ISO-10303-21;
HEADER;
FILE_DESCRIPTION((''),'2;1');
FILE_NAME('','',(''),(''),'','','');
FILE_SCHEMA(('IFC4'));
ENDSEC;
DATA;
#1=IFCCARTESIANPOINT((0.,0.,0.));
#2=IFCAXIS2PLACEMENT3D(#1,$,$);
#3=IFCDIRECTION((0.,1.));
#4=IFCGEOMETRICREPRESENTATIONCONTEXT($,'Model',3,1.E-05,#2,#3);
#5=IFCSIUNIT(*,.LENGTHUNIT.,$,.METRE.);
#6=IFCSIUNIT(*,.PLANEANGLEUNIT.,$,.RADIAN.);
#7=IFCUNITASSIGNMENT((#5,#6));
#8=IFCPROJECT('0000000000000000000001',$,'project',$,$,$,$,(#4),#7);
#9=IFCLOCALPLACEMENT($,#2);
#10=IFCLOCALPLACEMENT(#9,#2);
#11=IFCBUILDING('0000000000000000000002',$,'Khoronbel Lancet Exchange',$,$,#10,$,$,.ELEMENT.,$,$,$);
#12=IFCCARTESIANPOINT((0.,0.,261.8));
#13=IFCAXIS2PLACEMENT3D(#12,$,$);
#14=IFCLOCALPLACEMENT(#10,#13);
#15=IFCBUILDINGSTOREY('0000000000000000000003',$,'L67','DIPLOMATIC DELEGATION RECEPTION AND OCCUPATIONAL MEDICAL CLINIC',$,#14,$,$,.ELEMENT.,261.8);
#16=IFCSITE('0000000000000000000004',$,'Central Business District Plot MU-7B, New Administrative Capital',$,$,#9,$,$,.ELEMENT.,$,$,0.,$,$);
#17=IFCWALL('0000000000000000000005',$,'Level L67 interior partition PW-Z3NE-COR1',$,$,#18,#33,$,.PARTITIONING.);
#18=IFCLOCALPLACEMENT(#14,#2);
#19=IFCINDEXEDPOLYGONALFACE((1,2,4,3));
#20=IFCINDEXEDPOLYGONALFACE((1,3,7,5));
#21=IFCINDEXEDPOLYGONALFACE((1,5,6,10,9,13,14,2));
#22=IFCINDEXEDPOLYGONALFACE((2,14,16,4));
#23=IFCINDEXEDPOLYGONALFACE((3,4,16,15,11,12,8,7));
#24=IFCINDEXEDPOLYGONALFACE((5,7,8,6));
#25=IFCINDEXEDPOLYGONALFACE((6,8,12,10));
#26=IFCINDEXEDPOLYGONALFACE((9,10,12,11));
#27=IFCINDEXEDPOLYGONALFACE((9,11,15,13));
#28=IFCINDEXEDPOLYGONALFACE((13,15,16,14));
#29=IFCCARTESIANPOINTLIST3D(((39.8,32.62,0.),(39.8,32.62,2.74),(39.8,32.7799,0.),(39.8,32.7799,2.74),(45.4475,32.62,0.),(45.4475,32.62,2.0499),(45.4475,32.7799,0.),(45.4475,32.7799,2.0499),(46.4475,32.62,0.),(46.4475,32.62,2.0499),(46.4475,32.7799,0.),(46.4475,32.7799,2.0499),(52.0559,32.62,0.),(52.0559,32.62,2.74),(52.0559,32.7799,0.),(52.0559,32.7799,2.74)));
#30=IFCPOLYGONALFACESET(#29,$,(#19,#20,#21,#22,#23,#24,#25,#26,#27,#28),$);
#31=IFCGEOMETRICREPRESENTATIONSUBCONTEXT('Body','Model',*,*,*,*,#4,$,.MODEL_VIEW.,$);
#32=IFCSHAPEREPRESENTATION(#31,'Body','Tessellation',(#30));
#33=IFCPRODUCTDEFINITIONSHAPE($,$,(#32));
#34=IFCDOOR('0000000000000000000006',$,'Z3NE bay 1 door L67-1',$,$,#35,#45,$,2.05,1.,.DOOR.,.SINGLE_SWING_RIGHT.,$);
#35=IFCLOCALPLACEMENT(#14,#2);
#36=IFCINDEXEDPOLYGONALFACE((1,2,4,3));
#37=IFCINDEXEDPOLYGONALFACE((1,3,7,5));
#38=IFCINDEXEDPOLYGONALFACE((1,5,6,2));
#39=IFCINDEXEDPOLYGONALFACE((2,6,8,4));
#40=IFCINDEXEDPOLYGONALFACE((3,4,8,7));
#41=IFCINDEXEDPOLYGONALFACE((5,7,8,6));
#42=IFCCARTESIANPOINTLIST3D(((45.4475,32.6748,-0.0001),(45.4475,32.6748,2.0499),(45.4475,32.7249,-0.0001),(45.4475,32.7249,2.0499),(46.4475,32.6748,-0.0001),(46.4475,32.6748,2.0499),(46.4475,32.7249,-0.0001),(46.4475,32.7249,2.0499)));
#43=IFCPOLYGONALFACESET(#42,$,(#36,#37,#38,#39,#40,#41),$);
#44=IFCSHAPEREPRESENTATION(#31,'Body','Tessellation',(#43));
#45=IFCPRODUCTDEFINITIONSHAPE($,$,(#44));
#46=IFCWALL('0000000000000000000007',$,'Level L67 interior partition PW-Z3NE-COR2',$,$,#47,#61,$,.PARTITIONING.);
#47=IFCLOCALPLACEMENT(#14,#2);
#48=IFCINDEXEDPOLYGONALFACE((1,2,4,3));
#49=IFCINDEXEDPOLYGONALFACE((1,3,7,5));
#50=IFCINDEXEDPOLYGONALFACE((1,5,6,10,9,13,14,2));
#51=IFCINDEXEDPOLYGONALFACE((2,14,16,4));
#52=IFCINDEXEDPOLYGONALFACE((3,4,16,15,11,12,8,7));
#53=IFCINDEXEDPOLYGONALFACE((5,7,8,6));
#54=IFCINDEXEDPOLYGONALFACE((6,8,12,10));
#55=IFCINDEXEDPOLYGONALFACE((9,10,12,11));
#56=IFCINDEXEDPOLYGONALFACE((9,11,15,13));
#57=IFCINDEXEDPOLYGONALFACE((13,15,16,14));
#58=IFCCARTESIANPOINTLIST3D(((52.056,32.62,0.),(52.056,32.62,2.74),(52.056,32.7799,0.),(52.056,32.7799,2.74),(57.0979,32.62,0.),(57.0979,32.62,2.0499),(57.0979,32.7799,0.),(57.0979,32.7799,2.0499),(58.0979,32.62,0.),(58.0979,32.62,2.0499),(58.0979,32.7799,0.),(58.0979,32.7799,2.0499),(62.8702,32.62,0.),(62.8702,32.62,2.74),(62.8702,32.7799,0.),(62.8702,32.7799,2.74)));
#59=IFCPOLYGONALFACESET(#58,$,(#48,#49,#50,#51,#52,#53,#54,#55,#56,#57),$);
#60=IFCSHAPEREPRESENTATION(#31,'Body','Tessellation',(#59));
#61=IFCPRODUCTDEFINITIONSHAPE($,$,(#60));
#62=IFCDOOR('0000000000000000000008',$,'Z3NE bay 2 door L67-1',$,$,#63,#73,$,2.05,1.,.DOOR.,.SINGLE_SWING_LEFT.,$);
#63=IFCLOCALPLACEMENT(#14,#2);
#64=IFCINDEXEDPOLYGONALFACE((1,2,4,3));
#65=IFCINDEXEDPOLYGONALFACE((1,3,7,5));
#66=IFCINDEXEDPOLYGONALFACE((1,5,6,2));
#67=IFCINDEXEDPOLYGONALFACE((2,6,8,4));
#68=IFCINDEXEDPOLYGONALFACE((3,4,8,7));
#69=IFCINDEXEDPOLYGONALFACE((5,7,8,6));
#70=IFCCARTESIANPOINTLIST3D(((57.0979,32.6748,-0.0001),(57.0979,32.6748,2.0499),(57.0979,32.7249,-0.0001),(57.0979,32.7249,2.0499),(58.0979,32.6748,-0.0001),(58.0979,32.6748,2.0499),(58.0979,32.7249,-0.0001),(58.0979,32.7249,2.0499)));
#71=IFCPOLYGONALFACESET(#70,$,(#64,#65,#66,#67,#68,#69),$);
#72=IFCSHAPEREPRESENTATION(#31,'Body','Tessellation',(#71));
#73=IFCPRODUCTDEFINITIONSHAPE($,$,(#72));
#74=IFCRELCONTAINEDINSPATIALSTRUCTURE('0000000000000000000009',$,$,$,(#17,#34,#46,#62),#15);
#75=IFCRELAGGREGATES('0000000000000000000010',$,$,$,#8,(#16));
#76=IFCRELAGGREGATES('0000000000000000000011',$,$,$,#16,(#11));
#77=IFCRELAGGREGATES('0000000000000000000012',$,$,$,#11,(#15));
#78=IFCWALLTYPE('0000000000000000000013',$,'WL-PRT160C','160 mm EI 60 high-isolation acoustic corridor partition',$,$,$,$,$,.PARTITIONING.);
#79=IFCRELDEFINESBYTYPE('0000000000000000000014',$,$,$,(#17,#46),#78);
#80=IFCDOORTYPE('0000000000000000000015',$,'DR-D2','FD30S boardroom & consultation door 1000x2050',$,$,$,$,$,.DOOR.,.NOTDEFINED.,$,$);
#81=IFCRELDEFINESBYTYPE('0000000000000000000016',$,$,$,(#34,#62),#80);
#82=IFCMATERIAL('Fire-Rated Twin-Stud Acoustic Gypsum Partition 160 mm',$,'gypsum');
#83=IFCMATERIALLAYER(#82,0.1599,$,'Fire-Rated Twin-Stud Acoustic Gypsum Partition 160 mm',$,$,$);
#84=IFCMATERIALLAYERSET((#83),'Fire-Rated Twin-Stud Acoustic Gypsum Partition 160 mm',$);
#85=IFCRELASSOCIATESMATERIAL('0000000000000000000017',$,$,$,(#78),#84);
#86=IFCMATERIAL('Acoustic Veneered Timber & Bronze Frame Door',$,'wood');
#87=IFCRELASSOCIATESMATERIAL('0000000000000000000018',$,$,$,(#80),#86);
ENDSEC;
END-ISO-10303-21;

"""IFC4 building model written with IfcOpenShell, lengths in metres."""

from ifc_helpers import new_model, si_unit, direction, frame, frame_2d, origin, place, context, subcontext, project, spatial, rectangle, extrude, material, layer, layer_set, type_object, element, fill, save


model = new_model("IFC4")

# Units and contexts
model_context = context("Model", 3, precision=1e-05, world=origin(), true_north=direction((0.0, 1.0)))
body_context = subcontext(model_context, "Body", "Model", "MODEL_VIEW")
ifc_project = project(units=[si_unit("LENGTHUNIT", "METRE"), si_unit("PLANEANGLEUNIT", "RADIAN")], contexts=[model_context])

# Site, building, storey
site_placement = place(None, origin())
site = spatial("IfcSite", under=ifc_project, at=site_placement, Name="Central Business District Plot MU-7B, New Administrative Capital", CompositionType="ELEMENT", RefElevation=0.0)
building_placement = place(site_placement, origin())
building = spatial("IfcBuilding", under=site, at=building_placement, Name="Khoronbel Lancet Exchange", CompositionType="ELEMENT")
storey_placement = place(building_placement, frame((0.0, 0.0, 261.8)))
storey = spatial("IfcBuildingStorey", under=building, at=storey_placement, Name="L67", Description="DIPLOMATIC DELEGATION RECEPTION AND OCCUPATIONAL MEDICAL CLINIC", CompositionType="ELEMENT", Elevation=261.8)

# Walls, openings, doors
ifc_material_1 = material(Name="Fire-Rated Twin-Stud Acoustic Gypsum Partition 160 mm", Category="gypsum")
ifc_layer_1 = layer(ifc_material_1, 0.1599, Name="Fire-Rated Twin-Stud Acoustic Gypsum Partition 160 mm")
ifc_layer_set_1 = layer_set([ifc_layer_1], Name="Fire-Rated Twin-Stud Acoustic Gypsum Partition 160 mm")
wall_type_1 = type_object("IfcWallType", Name="WL-PRT160C", Description="160 mm EI 60 high-isolation acoustic corridor partition", PredefinedType="PARTITIONING", material=ifc_layer_set_1)
ifc_material_2 = material(Name="Acoustic Veneered Timber & Bronze Frame Door", Category="wood")
door_type_1 = type_object("IfcDoorType", Name="DR-D2", Description="FD30S boardroom & consultation door 1000x2050", OperationType="NOTDEFINED", PredefinedType="DOOR", material=ifc_material_2)
wall_1_placement = place(storey_placement, frame((39.8, 32.7, 0.0), z_axis=(0.0, 0.0, 1.0), x_axis=(1.0, 0.0, 0.0)))
wall_1 = element("IfcWall", 1, at=wall_1_placement, inside=storey, type_object=wall_type_1, Name="Level L67 interior partition PW-Z3NE-COR1", PredefinedType="PARTITIONING", context=body_context, shape_type="SweptSolid", body=[
    extrude(rectangle(XDim=12.2559, YDim=0.1599, at=frame_2d((6.1279, 0.0))), origin(), (0.0, 0.0, 1.0), 2.74),
])
opening_1_placement = place(wall_1_placement, frame((5.6475, 0.0, 0.0)))
opening_1 = element("IfcOpeningElement", 2, at=opening_1_placement, cuts=wall_1, PredefinedType="OPENING", context=body_context, shape_type="SweptSolid", body=[
    extrude(rectangle(XDim=1.0, YDim=2.05, at=frame_2d((0.5, 1.0249))), frame((0.0, 0.0898, 0.0), z_axis=(0.0, -1.0, 0.0), x_axis=(1.0, 0.0, 0.0)), (0.0, 0.0, 1.0), 0.1799),
])
door_1_placement = place(opening_1_placement, origin())
door_1 = element("IfcDoor", 3, at=door_1_placement, inside=storey, type_object=door_type_1, Name="Z3NE bay 1 door L67-1", OperationType="SINGLE_SWING_RIGHT", OverallHeight=2.05, OverallWidth=1.0, PredefinedType="DOOR", context=body_context, shape_type="SweptSolid", body=[
    extrude(rectangle(XDim=1.0, YDim=2.05, at=frame_2d((0.5, 1.0249))), frame((0.0, 0.0249, 0.0), z_axis=(0.0, -1.0, 0.0), x_axis=(1.0, 0.0, 0.0)), (0.0, 0.0, 1.0), 0.05),
])
fill(opening_1, door_1)
wall_2_placement = place(storey_placement, frame((52.0559, 32.7, 0.0), z_axis=(0.0, 0.0, 1.0), x_axis=(1.0, 0.0, 0.0)))
wall_2 = element("IfcWall", 4, at=wall_2_placement, inside=storey, type_object=wall_type_1, Name="Level L67 interior partition PW-Z3NE-COR2", PredefinedType="PARTITIONING", context=body_context, shape_type="SweptSolid", body=[
    extrude(rectangle(XDim=10.8142, YDim=0.1599, at=frame_2d((5.4072, 0.0))), origin(), (0.0, 0.0, 1.0), 2.74),
])
opening_2_placement = place(wall_2_placement, frame((5.042, 0.0, 0.0)))
opening_2 = element("IfcOpeningElement", 5, at=opening_2_placement, cuts=wall_2, PredefinedType="OPENING", context=body_context, shape_type="SweptSolid", body=[
    extrude(rectangle(XDim=1.0, YDim=2.05, at=frame_2d((0.5, 1.0249))), frame((0.0, 0.0898, 0.0), z_axis=(0.0, -1.0, 0.0), x_axis=(1.0, 0.0, 0.0)), (0.0, 0.0, 1.0), 0.1799),
])
door_2_placement = place(opening_2_placement, origin())
door_2 = element("IfcDoor", 6, at=door_2_placement, inside=storey, type_object=door_type_1, Name="Z3NE bay 2 door L67-1", OperationType="SINGLE_SWING_LEFT", OverallHeight=2.05, OverallWidth=1.0, PredefinedType="DOOR", context=body_context, shape_type="SweptSolid", body=[
    extrude(rectangle(XDim=1.0, YDim=2.05, at=frame_2d((0.5, 1.0249))), frame((0.0, 0.0249, 0.0), z_axis=(0.0, -1.0, 0.0), x_axis=(1.0, 0.0, 0.0)), (0.0, 0.0, 1.0), 0.05),
])
fill(opening_2, door_2)

save(model, "model.ifc")
